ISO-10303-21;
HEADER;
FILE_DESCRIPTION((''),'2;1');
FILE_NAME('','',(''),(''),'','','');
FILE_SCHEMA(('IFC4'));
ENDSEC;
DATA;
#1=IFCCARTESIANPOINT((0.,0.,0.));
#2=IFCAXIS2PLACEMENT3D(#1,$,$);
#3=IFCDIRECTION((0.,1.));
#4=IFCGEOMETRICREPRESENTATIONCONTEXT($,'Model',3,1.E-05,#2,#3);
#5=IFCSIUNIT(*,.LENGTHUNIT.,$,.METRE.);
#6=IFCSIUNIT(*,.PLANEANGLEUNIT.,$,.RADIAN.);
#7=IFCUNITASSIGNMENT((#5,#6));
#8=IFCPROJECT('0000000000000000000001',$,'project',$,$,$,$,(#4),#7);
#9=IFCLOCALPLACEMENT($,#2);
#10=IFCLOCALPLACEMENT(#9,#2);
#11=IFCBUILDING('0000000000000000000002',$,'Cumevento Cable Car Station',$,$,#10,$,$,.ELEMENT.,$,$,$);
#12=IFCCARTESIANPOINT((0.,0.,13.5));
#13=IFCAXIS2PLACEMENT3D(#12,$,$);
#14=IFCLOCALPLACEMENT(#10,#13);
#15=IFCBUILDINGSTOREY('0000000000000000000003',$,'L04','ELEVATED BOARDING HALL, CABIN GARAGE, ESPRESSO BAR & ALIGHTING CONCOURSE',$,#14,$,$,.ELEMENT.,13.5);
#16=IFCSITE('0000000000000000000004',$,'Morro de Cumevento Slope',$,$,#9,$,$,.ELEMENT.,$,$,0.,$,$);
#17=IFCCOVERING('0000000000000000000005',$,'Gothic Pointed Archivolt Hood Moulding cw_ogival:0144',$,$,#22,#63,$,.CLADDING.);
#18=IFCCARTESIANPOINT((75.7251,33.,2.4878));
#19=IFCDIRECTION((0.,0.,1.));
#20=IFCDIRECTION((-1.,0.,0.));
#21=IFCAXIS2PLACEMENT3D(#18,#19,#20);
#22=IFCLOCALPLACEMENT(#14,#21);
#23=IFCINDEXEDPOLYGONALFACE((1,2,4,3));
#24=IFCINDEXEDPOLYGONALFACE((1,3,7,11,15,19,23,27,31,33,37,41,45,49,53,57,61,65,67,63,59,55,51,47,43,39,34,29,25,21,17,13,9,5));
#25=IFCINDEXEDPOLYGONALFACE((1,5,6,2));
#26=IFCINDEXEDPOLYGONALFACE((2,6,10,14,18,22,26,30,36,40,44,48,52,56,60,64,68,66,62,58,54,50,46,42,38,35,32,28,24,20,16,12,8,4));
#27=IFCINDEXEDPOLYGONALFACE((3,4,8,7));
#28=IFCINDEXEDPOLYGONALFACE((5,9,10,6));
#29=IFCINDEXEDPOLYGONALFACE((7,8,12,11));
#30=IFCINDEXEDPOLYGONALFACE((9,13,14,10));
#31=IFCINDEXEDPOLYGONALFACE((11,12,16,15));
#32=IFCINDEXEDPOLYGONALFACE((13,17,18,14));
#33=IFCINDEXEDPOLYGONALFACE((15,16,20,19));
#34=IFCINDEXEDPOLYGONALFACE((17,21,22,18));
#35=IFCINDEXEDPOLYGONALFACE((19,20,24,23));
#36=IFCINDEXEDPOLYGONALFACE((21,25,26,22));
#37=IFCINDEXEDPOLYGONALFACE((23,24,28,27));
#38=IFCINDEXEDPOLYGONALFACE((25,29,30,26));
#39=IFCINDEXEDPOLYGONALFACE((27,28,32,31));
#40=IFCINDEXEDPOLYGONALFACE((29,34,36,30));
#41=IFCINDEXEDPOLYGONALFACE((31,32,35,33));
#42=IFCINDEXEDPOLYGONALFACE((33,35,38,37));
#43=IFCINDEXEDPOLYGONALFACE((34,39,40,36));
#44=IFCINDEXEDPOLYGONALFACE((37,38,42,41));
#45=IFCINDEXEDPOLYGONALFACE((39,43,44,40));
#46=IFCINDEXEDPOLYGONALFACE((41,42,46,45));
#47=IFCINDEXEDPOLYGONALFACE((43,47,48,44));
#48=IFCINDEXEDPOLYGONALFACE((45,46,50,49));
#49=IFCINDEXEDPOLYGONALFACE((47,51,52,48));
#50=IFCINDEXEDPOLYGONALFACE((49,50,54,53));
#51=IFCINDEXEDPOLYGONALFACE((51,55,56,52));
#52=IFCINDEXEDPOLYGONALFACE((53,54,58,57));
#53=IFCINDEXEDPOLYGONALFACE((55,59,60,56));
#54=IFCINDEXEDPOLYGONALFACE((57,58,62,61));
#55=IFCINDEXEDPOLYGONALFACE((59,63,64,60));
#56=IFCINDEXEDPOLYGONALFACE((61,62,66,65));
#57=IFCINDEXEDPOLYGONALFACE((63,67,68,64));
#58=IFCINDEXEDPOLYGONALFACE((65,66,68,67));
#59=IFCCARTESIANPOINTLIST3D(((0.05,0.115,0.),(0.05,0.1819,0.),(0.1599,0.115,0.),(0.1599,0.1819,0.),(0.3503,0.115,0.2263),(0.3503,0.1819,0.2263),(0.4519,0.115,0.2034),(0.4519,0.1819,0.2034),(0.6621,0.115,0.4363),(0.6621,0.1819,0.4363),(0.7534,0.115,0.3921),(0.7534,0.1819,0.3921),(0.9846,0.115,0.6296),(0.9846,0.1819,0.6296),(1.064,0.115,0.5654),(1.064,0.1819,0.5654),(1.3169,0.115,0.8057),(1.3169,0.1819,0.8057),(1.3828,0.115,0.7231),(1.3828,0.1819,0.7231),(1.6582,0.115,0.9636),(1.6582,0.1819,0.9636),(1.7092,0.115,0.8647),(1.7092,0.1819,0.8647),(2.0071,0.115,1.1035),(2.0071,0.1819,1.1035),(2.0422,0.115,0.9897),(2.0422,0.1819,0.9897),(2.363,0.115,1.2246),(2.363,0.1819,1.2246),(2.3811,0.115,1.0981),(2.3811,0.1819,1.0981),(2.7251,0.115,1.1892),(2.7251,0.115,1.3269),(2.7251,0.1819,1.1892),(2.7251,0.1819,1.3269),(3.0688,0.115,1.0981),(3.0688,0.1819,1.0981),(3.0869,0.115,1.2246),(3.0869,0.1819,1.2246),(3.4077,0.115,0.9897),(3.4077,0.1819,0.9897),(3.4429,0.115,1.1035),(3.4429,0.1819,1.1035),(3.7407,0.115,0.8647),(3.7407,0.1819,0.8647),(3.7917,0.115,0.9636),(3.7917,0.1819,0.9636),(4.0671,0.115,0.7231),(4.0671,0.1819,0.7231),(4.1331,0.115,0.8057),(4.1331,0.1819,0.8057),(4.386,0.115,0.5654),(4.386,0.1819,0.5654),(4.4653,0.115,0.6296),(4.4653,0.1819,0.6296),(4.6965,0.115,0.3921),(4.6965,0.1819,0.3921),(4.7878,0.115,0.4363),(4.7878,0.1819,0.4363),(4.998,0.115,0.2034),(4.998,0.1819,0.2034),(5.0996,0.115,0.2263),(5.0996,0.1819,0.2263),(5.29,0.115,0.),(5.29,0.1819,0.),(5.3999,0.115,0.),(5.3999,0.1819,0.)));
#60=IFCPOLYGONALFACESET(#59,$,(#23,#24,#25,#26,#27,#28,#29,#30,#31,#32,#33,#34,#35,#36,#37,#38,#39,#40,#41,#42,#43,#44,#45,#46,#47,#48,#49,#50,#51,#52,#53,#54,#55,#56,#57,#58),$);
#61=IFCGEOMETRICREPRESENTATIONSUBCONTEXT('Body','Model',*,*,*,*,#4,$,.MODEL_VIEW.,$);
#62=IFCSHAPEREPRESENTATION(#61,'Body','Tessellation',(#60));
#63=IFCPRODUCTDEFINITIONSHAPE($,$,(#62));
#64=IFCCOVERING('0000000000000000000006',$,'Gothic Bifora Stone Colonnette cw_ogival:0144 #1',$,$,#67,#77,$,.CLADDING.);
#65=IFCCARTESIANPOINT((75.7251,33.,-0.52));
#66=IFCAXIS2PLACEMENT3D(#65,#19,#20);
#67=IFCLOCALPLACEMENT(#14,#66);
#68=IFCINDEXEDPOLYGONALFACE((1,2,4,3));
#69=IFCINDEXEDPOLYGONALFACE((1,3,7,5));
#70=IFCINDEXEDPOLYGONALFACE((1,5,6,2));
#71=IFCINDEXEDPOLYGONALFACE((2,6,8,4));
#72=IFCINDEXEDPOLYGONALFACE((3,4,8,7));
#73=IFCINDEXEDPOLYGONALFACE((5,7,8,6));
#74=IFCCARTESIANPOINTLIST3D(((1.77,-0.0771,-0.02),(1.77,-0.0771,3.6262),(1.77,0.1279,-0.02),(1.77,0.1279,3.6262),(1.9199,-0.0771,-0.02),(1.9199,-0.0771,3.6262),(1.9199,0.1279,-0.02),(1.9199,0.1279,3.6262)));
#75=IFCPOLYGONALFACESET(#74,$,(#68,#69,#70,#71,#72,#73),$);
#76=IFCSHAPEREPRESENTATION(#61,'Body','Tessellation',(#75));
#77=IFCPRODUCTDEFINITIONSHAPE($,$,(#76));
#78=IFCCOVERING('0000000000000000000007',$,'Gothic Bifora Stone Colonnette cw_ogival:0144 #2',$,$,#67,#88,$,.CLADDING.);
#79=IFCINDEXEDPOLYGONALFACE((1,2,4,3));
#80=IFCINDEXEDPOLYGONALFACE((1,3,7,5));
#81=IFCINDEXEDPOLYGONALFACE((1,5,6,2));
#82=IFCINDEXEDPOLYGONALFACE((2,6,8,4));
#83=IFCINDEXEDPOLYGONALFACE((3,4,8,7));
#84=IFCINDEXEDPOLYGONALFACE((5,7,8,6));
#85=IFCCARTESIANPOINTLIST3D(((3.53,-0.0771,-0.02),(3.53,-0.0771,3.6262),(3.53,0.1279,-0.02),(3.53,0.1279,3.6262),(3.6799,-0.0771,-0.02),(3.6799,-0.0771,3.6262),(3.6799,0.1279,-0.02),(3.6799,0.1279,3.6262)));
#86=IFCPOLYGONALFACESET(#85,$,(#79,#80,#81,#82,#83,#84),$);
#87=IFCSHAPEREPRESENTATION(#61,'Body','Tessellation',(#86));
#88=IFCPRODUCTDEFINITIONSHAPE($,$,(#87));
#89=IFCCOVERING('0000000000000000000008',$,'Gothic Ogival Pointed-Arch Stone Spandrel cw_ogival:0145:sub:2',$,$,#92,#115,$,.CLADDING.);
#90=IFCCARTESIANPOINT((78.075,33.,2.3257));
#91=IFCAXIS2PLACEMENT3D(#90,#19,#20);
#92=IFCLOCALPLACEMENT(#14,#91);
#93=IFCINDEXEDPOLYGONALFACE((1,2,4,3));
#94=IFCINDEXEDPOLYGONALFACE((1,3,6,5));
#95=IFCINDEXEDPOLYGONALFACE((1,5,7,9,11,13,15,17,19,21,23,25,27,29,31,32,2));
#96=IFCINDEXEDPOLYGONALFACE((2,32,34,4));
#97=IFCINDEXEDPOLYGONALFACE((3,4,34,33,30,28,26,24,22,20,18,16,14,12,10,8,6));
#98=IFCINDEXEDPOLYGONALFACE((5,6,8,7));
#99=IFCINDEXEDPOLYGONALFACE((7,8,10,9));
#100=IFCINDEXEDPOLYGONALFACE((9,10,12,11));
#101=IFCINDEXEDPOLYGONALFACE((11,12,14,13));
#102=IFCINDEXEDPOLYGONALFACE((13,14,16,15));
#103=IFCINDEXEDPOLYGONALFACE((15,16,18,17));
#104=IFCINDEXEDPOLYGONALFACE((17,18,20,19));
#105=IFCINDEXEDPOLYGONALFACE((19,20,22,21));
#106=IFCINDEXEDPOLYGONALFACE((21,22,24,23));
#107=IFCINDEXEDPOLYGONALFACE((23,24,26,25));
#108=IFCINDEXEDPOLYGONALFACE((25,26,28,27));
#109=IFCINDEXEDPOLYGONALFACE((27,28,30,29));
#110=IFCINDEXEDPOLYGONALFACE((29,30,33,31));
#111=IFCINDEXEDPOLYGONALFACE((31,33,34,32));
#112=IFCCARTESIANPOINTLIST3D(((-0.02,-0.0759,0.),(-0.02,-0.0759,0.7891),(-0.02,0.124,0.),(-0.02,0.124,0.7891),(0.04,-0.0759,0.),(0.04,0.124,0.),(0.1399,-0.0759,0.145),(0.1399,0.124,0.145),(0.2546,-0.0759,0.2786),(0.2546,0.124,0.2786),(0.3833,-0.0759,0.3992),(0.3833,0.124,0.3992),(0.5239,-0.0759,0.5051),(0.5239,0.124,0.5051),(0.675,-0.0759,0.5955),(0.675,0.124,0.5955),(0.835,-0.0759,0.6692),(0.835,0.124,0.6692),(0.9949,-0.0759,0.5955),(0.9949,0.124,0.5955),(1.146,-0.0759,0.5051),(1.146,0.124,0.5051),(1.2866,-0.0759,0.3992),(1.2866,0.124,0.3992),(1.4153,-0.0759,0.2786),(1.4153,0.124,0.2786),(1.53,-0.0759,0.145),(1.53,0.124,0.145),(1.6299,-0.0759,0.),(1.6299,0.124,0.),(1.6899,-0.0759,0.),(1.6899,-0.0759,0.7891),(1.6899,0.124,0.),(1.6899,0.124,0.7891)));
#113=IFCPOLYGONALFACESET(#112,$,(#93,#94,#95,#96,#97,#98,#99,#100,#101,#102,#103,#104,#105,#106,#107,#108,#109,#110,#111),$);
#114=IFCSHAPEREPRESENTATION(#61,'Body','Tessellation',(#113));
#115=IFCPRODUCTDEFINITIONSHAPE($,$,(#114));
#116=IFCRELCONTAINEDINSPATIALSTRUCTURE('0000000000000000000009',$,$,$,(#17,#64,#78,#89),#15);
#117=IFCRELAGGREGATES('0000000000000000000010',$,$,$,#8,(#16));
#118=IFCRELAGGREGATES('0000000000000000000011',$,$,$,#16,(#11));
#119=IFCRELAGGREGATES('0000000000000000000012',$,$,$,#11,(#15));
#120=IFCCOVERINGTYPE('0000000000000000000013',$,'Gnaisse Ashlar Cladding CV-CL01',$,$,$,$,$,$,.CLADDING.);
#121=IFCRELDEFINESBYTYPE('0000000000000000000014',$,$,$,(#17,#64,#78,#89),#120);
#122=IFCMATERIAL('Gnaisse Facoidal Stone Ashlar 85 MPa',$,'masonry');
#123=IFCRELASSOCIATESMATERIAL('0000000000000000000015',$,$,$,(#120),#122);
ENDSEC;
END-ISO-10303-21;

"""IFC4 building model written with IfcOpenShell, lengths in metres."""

from ifc_helpers import new_model, si_unit, direction, frame, origin, place, context, subcontext, project, spatial, polyline, outline, extrude, material, type_object, element, save


model = new_model("IFC4")

# Units and contexts
model_context = context("Model", 3, precision=1e-05, world=origin(), true_north=direction((0.0, 1.0)))
body_context = subcontext(model_context, "Body", "Model", "MODEL_VIEW")
ifc_project = project(units=[si_unit("LENGTHUNIT", "METRE"), si_unit("PLANEANGLEUNIT", "RADIAN")], contexts=[model_context])

# Site, building, storey
site_placement = place(None, origin())
site = spatial("IfcSite", under=ifc_project, at=site_placement, Name="Morro de Cumevento Slope", CompositionType="ELEMENT", RefElevation=0.0)
building_placement = place(site_placement, origin())
building = spatial("IfcBuilding", under=site, at=building_placement, Name="Cumevento Cable Car Station", CompositionType="ELEMENT")
storey_placement = place(building_placement, frame((0.0, 0.0, 13.5)))
storey = spatial("IfcBuildingStorey", under=building, at=storey_placement, Name="L04", Description="ELEVATED BOARDING HALL, CABIN GARAGE, ESPRESSO BAR & ALIGHTING CONCOURSE", CompositionType="ELEMENT", Elevation=13.5)

# Coverings
ifc_material_1 = material(Name="Gnaisse Facoidal Stone Ashlar 85 MPa", Category="masonry")
covering_type = type_object("IfcCoveringType", Name="Gnaisse Ashlar Cladding CV-CL01", PredefinedType="CLADDING", material=ifc_material_1)
covering_1_placement = place(storey_placement, frame((75.7251, 33.0, 2.4878), z_axis=(0.0, 0.0, 1.0), x_axis=(-1.0, 0.0, 0.0)))
element("IfcCovering", 1, at=covering_1_placement, inside=storey, type_object=covering_type, Name="Gothic Pointed Archivolt Hood Moulding cw_ogival:0144", PredefinedType="CLADDING", context=body_context, shape_type="SweptSolid", body=[
    extrude(outline(polyline([(0.1599, 0.0), (0.4519, 0.2034), (0.7534, 0.3921), (1.064, 0.5654), (1.3828, 0.7231), (1.7092, 0.8647), (2.0422, 0.9897), (2.3811, 1.0981), (2.7251, 1.1892), (3.0688, 1.0981), (3.4077, 0.9897), (3.7407, 0.8647), (4.0671, 0.7231), (4.386, 0.5654), (4.6965, 0.3921), (4.998, 0.2034), (5.29, 0.0), (5.3999, 0.0), (5.0996, 0.2263), (4.7878, 0.4363), (4.4653, 0.6296), (4.1331, 0.8057), (3.7917, 0.9636), (3.4429, 1.1035), (3.0869, 1.2246), (2.7251, 1.3269), (2.363, 1.2246), (2.0071, 1.1035), (1.6582, 0.9636), (1.3169, 0.8057), (0.9846, 0.6296), (0.6621, 0.4363), (0.3503, 0.2263), (0.05, 0.0), (0.1599, 0.0)])), frame((0.0, 0.1819, 0.0), z_axis=(0.0, -1.0, 0.0), x_axis=(1.0, 0.0, 0.0)), (0.0, 0.0, 1.0), 0.0669),
])
placement = place(storey_placement, frame((75.7251, 33.0, -0.52), z_axis=(0.0, 0.0, 1.0), x_axis=(-1.0, 0.0, 0.0)))
element("IfcCovering", 2, at=placement, inside=storey, type_object=covering_type, Name="Gothic Bifora Stone Colonnette cw_ogival:0144 #1", PredefinedType="CLADDING", context=body_context, shape_type="SweptSolid", body=[
    extrude(outline(polyline([(1.77, -0.02), (1.9199, -0.02), (1.9199, 3.6262), (1.77, 3.6262), (1.77, -0.02)])), frame((0.0, 0.1279, 0.0), z_axis=(0.0, -1.0, 0.0), x_axis=(1.0, 0.0, 0.0)), (0.0, 0.0, 1.0), 0.2051),
])
element("IfcCovering", 3, at=placement, inside=storey, type_object=covering_type, Name="Gothic Bifora Stone Colonnette cw_ogival:0144 #2", PredefinedType="CLADDING", context=body_context, shape_type="SweptSolid", body=[
    extrude(outline(polyline([(3.53, -0.02), (3.6799, -0.02), (3.6799, 3.6262), (3.53, 3.6262), (3.53, -0.02)])), frame((0.0, 0.1279, 0.0), z_axis=(0.0, -1.0, 0.0), x_axis=(1.0, 0.0, 0.0)), (0.0, 0.0, 1.0), 0.2051),
])
covering_2_placement = place(storey_placement, frame((78.075, 33.0, 2.3257), z_axis=(0.0, 0.0, 1.0), x_axis=(-1.0, 0.0, 0.0)))
element("IfcCovering", 4, at=covering_2_placement, inside=storey, type_object=covering_type, Name="Gothic Ogival Pointed-Arch Stone Spandrel cw_ogival:0145:sub:2", PredefinedType="CLADDING", context=body_context, shape_type="SweptSolid", body=[
    extrude(outline(polyline([(-0.02, 0.0), (-0.02, 0.7891), (1.6899, 0.7891), (1.6899, 0.0), (1.6299, 0.0), (1.53, 0.145), (1.4153, 0.2786), (1.2866, 0.3992), (1.146, 0.5051), (0.9949, 0.5955), (0.835, 0.6692), (0.675, 0.5955), (0.5239, 0.5051), (0.3833, 0.3992), (0.2546, 0.2786), (0.1399, 0.145), (0.04, 0.0), (-0.02, 0.0)])), frame((0.0, 0.124, 0.0), z_axis=(0.0, -1.0, 0.0), x_axis=(1.0, 0.0, 0.0)), (0.0, 0.0, 1.0), 0.2),
])

save(model, "model.ifc")
